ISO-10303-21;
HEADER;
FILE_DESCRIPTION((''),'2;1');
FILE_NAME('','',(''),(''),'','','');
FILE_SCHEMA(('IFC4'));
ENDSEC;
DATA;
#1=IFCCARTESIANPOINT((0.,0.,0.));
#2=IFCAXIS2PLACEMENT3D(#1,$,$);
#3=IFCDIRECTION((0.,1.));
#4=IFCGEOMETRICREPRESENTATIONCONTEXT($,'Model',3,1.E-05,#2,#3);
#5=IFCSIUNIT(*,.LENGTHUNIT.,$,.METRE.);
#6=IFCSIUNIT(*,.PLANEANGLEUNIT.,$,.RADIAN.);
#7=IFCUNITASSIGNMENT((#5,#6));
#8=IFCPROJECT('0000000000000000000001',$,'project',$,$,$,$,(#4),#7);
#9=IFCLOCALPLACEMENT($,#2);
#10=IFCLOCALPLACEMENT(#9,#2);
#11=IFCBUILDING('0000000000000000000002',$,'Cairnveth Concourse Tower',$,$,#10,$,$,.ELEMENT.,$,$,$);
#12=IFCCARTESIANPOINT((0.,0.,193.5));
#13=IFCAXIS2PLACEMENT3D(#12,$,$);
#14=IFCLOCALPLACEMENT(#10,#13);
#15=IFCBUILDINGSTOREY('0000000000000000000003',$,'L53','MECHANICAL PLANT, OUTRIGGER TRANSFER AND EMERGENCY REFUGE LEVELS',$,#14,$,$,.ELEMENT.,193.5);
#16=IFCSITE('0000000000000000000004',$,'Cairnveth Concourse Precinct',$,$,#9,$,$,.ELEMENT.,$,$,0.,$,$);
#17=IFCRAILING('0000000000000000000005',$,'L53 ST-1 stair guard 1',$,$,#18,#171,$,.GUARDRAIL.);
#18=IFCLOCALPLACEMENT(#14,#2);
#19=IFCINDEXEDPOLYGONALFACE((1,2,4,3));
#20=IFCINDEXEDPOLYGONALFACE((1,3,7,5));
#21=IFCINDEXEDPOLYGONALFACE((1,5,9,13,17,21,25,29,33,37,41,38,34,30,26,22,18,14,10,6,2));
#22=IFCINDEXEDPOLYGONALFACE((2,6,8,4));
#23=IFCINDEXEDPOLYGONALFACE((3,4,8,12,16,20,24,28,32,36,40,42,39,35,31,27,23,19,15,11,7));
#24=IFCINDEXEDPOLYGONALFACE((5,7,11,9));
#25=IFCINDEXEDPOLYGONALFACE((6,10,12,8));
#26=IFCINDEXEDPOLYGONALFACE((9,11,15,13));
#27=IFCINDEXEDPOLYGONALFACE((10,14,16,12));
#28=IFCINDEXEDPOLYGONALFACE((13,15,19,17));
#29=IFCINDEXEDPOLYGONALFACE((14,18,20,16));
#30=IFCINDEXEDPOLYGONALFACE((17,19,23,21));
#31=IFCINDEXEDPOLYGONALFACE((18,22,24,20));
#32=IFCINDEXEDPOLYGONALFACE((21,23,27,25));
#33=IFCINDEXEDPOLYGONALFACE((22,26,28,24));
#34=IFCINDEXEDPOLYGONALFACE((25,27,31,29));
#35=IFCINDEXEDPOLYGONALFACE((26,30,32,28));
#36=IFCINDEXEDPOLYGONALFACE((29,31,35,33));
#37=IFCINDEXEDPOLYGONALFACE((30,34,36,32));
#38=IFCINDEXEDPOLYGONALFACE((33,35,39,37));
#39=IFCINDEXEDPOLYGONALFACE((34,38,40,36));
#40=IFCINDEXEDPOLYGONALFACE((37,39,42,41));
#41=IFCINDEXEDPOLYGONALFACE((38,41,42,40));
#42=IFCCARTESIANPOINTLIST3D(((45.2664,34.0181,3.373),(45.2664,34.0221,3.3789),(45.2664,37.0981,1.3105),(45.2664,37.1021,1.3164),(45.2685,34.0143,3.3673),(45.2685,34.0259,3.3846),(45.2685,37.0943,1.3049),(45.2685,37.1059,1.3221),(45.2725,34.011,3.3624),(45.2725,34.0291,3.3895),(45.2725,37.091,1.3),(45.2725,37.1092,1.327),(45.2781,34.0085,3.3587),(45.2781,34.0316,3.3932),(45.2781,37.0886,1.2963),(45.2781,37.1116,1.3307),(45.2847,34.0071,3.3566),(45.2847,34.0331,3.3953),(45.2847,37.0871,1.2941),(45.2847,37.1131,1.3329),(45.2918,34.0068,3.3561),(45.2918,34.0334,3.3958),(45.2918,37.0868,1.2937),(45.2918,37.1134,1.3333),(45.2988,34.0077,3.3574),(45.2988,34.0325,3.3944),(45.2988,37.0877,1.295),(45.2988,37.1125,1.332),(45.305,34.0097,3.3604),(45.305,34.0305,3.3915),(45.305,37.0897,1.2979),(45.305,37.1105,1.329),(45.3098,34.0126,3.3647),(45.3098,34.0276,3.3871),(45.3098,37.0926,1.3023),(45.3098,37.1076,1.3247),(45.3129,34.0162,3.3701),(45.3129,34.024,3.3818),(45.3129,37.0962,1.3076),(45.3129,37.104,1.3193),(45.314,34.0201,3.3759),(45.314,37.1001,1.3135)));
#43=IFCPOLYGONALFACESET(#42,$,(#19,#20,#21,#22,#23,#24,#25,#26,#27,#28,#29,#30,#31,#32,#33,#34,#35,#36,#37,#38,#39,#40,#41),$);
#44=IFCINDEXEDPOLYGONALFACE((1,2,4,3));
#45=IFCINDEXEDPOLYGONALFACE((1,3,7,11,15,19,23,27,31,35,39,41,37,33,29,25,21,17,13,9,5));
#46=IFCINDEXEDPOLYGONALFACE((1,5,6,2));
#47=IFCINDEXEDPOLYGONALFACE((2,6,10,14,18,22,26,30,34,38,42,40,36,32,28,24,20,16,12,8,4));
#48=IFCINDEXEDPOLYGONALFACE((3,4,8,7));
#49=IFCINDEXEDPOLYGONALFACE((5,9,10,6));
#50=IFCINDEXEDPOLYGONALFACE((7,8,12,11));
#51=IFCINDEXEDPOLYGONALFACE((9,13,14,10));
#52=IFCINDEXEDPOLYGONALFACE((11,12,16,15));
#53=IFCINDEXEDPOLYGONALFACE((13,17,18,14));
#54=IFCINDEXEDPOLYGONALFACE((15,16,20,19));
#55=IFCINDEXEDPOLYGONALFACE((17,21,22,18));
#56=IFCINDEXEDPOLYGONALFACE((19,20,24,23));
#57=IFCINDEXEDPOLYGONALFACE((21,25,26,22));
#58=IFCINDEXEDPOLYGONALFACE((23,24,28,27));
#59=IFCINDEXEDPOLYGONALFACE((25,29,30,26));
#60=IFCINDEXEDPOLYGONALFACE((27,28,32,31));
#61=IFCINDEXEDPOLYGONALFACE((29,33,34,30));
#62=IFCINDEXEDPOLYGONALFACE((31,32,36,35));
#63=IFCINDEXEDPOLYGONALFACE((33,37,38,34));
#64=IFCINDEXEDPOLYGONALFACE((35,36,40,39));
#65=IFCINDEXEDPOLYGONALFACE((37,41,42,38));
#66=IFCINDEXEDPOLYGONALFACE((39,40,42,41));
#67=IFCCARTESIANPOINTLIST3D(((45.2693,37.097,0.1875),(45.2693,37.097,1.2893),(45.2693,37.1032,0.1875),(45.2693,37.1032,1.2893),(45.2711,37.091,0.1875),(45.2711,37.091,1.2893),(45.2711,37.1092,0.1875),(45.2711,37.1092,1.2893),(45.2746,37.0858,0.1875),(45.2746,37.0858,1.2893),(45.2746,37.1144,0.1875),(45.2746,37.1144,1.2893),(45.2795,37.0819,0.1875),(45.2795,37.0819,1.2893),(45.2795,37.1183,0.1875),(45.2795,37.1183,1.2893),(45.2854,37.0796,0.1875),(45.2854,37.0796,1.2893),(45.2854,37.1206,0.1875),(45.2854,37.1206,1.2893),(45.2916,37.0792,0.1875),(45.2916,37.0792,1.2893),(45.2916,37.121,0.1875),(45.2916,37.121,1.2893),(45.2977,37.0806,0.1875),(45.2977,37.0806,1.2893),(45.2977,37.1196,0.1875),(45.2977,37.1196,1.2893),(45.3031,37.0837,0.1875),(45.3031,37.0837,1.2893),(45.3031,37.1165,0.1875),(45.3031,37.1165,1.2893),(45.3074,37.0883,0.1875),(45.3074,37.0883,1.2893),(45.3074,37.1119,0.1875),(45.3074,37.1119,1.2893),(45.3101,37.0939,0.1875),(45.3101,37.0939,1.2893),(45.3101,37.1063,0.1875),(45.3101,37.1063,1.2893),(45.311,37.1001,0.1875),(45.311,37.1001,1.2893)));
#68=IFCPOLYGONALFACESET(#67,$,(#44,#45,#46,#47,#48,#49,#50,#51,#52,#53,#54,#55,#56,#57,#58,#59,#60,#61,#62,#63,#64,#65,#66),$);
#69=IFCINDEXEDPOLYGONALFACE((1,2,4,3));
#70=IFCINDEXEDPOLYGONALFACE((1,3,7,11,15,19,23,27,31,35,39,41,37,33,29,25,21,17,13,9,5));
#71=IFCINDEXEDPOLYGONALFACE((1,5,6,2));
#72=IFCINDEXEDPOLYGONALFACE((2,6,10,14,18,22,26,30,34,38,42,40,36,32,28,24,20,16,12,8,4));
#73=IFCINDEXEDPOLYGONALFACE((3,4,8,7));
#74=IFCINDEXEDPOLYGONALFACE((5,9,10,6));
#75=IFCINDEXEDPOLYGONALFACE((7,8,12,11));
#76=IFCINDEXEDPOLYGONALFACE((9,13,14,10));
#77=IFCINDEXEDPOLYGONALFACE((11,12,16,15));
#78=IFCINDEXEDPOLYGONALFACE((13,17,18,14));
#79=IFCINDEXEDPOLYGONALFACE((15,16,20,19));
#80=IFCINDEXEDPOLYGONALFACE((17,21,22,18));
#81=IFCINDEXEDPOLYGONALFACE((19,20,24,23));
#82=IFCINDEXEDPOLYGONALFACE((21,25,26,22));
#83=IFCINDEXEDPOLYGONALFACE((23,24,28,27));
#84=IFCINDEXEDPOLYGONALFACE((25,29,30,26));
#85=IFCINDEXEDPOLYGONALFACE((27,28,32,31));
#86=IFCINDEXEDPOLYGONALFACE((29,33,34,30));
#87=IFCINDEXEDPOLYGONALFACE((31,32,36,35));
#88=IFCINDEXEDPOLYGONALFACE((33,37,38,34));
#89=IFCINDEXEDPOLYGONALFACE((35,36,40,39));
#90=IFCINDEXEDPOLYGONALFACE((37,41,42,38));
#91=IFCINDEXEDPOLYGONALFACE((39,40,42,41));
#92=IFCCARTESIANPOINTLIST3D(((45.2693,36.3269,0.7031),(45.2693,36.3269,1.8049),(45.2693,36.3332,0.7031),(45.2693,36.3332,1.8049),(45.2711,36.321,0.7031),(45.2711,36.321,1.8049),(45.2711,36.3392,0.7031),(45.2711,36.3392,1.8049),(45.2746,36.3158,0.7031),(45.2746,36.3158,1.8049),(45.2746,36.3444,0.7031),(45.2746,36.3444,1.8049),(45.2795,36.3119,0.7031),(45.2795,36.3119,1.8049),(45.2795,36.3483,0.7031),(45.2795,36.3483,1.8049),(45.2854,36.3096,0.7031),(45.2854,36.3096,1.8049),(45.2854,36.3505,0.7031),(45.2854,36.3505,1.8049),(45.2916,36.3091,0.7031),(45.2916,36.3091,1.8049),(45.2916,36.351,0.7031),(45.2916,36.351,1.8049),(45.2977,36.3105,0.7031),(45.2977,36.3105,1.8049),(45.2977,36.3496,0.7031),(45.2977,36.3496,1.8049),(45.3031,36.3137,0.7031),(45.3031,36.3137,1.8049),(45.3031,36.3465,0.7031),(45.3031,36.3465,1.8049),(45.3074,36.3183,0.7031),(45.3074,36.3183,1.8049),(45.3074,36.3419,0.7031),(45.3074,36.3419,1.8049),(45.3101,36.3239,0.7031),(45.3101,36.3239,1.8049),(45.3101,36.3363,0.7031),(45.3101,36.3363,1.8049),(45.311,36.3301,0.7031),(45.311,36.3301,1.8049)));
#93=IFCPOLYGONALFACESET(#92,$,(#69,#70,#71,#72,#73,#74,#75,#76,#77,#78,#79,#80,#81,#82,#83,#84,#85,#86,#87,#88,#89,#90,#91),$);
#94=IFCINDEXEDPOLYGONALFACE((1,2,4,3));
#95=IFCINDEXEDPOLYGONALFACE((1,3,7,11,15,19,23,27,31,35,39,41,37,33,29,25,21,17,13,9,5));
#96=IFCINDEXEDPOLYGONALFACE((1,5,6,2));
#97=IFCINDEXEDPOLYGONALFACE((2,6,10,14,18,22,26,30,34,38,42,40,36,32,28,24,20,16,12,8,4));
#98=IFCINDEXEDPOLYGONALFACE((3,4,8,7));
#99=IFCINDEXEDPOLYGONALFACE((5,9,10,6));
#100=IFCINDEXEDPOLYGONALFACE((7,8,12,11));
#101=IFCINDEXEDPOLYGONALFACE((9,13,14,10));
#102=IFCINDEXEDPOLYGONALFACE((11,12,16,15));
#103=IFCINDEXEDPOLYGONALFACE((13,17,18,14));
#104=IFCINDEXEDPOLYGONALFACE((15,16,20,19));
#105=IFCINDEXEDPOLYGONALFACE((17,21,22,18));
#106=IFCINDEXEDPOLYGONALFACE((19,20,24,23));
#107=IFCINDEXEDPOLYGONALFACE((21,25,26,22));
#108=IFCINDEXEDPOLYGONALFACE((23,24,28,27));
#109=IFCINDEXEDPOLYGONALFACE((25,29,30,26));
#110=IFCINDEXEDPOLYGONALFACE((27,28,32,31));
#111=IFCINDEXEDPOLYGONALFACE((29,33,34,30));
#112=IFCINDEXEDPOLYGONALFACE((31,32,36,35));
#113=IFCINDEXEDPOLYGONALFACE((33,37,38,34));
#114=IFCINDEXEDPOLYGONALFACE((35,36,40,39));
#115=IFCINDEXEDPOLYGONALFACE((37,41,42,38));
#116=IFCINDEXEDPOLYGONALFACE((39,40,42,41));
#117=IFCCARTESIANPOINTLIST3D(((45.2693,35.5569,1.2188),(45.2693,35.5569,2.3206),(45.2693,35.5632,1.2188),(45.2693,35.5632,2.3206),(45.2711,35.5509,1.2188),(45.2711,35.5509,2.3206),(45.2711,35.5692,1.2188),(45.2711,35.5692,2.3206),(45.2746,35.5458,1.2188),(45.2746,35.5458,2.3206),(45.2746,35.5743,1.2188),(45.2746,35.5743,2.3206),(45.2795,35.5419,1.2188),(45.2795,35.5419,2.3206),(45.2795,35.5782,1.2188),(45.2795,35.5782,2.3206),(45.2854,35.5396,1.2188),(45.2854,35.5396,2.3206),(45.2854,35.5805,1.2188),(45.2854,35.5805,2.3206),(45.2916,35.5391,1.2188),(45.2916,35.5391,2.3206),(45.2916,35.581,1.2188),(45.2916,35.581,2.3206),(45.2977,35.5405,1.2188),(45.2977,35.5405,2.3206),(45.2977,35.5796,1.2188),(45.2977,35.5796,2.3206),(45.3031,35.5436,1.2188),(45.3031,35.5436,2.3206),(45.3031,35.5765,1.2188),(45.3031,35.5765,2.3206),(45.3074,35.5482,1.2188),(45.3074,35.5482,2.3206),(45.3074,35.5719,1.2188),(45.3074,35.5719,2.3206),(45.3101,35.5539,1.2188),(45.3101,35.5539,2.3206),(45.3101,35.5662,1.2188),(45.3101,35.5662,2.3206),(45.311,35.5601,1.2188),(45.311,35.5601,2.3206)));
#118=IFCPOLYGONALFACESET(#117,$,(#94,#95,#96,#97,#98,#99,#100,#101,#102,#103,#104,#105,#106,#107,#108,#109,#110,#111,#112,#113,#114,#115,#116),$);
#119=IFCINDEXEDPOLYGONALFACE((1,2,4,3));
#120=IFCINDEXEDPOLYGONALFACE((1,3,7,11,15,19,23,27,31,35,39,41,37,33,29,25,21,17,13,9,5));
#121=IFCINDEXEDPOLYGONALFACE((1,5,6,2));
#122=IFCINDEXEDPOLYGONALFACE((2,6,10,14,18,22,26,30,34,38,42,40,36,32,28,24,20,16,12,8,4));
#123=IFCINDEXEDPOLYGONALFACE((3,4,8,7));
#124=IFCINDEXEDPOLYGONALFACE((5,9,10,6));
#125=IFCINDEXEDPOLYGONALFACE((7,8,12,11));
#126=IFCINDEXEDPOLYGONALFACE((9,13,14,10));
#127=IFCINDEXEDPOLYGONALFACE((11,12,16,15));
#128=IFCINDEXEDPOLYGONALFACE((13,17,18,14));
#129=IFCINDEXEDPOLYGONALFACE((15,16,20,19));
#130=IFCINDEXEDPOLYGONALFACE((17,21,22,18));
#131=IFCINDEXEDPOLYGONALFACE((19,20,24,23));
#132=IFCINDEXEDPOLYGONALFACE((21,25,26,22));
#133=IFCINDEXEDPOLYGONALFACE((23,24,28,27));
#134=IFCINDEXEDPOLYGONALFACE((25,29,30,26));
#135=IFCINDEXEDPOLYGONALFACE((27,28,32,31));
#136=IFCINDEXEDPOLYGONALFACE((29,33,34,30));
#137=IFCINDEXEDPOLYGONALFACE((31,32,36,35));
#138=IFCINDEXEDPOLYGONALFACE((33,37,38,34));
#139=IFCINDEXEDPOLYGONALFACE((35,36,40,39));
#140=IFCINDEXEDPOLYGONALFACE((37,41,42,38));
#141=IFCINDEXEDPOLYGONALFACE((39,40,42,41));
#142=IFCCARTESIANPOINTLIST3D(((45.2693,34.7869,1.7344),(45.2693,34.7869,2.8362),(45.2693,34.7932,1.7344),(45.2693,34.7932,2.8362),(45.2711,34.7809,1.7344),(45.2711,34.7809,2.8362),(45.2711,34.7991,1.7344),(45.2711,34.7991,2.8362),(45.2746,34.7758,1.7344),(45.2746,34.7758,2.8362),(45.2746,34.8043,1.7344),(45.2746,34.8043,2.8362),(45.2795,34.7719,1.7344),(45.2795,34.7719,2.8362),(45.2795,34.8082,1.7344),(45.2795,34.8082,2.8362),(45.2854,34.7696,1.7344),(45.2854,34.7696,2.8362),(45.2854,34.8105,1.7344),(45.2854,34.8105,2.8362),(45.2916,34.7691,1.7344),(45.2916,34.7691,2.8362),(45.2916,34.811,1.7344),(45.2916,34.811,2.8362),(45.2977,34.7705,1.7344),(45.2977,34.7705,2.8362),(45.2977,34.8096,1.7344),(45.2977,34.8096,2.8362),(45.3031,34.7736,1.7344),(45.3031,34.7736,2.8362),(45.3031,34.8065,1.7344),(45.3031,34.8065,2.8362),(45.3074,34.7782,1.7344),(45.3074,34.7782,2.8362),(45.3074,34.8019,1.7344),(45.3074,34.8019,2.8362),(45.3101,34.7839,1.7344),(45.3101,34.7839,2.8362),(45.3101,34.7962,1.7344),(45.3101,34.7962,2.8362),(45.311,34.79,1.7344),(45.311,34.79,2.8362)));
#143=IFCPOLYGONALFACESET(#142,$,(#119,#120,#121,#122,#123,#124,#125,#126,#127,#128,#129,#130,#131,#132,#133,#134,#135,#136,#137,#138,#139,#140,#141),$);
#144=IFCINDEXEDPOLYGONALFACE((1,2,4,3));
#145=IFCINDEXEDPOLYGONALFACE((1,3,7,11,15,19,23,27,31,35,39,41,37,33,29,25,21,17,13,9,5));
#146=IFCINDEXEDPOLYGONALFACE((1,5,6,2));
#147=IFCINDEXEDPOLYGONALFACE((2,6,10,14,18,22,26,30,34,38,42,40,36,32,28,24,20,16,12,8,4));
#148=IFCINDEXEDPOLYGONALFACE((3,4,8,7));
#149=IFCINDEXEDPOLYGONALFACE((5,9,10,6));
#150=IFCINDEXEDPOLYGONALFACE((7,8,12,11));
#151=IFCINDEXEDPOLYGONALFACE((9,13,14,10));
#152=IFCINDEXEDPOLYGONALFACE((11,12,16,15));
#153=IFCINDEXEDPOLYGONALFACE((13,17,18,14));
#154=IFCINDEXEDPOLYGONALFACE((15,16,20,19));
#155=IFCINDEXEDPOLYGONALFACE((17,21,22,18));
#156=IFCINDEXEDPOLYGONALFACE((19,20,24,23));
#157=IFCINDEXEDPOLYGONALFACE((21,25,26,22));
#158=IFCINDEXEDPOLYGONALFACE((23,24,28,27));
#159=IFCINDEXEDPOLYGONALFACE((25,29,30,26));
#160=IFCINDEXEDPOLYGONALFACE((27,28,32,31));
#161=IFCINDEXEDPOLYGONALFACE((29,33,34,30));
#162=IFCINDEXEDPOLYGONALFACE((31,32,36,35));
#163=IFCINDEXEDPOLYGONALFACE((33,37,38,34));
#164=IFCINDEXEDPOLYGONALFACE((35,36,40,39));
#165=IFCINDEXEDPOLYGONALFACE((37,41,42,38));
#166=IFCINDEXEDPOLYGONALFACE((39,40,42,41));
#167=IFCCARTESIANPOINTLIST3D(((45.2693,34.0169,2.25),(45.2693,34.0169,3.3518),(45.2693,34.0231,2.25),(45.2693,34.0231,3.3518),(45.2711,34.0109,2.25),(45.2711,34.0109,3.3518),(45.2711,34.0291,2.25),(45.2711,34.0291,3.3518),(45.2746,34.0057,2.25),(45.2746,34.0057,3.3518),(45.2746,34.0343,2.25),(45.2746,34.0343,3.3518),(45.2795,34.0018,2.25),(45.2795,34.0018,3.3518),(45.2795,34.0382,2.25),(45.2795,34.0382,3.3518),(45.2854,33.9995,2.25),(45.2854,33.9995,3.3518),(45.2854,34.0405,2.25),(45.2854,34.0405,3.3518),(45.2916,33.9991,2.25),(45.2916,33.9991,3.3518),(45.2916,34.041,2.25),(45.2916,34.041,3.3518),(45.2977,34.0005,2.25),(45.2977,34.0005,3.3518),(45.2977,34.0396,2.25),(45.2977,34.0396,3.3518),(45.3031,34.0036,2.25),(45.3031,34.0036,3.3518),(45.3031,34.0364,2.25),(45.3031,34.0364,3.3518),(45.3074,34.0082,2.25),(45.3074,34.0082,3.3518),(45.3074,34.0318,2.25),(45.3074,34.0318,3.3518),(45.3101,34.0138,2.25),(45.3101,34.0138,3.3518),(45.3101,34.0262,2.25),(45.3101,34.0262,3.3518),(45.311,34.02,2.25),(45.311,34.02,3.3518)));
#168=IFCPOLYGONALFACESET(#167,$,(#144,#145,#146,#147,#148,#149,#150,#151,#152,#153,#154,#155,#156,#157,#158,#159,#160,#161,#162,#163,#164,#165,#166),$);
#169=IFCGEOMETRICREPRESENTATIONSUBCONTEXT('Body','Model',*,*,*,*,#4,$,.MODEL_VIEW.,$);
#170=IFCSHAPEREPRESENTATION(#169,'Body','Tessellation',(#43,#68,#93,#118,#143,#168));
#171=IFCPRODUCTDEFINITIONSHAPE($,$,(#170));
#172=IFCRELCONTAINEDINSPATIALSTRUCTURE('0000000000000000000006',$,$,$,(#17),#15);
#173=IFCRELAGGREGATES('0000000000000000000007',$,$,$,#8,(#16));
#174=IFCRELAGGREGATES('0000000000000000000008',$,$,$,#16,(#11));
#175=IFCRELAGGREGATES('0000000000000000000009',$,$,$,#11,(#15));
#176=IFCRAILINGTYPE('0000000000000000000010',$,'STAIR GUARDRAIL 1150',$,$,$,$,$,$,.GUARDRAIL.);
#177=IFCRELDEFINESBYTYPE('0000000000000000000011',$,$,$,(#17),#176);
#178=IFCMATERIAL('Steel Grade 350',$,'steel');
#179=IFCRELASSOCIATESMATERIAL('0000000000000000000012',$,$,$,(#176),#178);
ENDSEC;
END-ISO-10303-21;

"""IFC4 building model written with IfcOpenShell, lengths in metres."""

from ifc_helpers import new_model, si_unit, direction, frame, origin, origin_2d, place, context, subcontext, project, spatial, circle, extrude, material, type_object, element, save


model = new_model("IFC4")

# Units and contexts
model_context = context("Model", 3, precision=1e-05, world=origin(), true_north=direction((0.0, 1.0)))
body_context = subcontext(model_context, "Body", "Model", "MODEL_VIEW")
ifc_project = project(units=[si_unit("LENGTHUNIT", "METRE"), si_unit("PLANEANGLEUNIT", "RADIAN")], contexts=[model_context])

# Site, building, storey
site_placement = place(None, origin())
site = spatial("IfcSite", under=ifc_project, at=site_placement, Name="Cairnveth Concourse Precinct", CompositionType="ELEMENT", RefElevation=0.0)
building_placement = place(site_placement, origin())
building = spatial("IfcBuilding", under=site, at=building_placement, Name="Cairnveth Concourse Tower", CompositionType="ELEMENT")
storey_placement = place(building_placement, frame((0.0, 0.0, 193.5)))
storey = spatial("IfcBuildingStorey", under=building, at=storey_placement, Name="L53", Description="MECHANICAL PLANT, OUTRIGGER TRANSFER AND EMERGENCY REFUGE LEVELS", CompositionType="ELEMENT", Elevation=193.5)

# Shared definitions
ifc_material_1 = material(Name="Steel Grade 350", Category="steel")

# Railing
railing_type = type_object("IfcRailingType", Name="STAIR GUARDRAIL 1150", PredefinedType="GUARDRAIL", material=ifc_material_1)
railing_1_placement = place(storey_placement, frame((45.29, 37.1001, 0.1875)))
element("IfcRailing", 1, at=railing_1_placement, inside=storey, type_object=railing_type, Name="L53 ST-1 stair guard 1", PredefinedType="GUARDRAIL", context=body_context, shape_type="SweptSolid", body=[
    extrude(circle(Radius=0.0239, at=origin_2d()), frame((0.0, 0.0, 1.126), z_axis=(0.0, -0.830914, 0.556401), x_axis=(1.0, 0.0, 0.0)), (0.0, 0.0, 1.0), 3.7068),
    extrude(circle(Radius=0.021, at=origin_2d()), origin(), (0.0, 0.0, 1.0), 1.1018),
    extrude(circle(Radius=0.021, at=origin_2d()), frame((0.0, -0.77, 0.5156)), (0.0, 0.0, 1.0), 1.1018),
    extrude(circle(Radius=0.021, at=origin_2d()), frame((0.0, -1.54, 1.0312)), (0.0, 0.0, 1.0), 1.1018),
    extrude(circle(Radius=0.021, at=origin_2d()), frame((0.0, -2.3101, 1.5469)), (0.0, 0.0, 1.0), 1.1018),
    extrude(circle(Radius=0.021, at=origin_2d()), frame((0.0, -3.0801, 2.0625)), (0.0, 0.0, 1.0), 1.1018),
])

save(model, "model.ifc")
